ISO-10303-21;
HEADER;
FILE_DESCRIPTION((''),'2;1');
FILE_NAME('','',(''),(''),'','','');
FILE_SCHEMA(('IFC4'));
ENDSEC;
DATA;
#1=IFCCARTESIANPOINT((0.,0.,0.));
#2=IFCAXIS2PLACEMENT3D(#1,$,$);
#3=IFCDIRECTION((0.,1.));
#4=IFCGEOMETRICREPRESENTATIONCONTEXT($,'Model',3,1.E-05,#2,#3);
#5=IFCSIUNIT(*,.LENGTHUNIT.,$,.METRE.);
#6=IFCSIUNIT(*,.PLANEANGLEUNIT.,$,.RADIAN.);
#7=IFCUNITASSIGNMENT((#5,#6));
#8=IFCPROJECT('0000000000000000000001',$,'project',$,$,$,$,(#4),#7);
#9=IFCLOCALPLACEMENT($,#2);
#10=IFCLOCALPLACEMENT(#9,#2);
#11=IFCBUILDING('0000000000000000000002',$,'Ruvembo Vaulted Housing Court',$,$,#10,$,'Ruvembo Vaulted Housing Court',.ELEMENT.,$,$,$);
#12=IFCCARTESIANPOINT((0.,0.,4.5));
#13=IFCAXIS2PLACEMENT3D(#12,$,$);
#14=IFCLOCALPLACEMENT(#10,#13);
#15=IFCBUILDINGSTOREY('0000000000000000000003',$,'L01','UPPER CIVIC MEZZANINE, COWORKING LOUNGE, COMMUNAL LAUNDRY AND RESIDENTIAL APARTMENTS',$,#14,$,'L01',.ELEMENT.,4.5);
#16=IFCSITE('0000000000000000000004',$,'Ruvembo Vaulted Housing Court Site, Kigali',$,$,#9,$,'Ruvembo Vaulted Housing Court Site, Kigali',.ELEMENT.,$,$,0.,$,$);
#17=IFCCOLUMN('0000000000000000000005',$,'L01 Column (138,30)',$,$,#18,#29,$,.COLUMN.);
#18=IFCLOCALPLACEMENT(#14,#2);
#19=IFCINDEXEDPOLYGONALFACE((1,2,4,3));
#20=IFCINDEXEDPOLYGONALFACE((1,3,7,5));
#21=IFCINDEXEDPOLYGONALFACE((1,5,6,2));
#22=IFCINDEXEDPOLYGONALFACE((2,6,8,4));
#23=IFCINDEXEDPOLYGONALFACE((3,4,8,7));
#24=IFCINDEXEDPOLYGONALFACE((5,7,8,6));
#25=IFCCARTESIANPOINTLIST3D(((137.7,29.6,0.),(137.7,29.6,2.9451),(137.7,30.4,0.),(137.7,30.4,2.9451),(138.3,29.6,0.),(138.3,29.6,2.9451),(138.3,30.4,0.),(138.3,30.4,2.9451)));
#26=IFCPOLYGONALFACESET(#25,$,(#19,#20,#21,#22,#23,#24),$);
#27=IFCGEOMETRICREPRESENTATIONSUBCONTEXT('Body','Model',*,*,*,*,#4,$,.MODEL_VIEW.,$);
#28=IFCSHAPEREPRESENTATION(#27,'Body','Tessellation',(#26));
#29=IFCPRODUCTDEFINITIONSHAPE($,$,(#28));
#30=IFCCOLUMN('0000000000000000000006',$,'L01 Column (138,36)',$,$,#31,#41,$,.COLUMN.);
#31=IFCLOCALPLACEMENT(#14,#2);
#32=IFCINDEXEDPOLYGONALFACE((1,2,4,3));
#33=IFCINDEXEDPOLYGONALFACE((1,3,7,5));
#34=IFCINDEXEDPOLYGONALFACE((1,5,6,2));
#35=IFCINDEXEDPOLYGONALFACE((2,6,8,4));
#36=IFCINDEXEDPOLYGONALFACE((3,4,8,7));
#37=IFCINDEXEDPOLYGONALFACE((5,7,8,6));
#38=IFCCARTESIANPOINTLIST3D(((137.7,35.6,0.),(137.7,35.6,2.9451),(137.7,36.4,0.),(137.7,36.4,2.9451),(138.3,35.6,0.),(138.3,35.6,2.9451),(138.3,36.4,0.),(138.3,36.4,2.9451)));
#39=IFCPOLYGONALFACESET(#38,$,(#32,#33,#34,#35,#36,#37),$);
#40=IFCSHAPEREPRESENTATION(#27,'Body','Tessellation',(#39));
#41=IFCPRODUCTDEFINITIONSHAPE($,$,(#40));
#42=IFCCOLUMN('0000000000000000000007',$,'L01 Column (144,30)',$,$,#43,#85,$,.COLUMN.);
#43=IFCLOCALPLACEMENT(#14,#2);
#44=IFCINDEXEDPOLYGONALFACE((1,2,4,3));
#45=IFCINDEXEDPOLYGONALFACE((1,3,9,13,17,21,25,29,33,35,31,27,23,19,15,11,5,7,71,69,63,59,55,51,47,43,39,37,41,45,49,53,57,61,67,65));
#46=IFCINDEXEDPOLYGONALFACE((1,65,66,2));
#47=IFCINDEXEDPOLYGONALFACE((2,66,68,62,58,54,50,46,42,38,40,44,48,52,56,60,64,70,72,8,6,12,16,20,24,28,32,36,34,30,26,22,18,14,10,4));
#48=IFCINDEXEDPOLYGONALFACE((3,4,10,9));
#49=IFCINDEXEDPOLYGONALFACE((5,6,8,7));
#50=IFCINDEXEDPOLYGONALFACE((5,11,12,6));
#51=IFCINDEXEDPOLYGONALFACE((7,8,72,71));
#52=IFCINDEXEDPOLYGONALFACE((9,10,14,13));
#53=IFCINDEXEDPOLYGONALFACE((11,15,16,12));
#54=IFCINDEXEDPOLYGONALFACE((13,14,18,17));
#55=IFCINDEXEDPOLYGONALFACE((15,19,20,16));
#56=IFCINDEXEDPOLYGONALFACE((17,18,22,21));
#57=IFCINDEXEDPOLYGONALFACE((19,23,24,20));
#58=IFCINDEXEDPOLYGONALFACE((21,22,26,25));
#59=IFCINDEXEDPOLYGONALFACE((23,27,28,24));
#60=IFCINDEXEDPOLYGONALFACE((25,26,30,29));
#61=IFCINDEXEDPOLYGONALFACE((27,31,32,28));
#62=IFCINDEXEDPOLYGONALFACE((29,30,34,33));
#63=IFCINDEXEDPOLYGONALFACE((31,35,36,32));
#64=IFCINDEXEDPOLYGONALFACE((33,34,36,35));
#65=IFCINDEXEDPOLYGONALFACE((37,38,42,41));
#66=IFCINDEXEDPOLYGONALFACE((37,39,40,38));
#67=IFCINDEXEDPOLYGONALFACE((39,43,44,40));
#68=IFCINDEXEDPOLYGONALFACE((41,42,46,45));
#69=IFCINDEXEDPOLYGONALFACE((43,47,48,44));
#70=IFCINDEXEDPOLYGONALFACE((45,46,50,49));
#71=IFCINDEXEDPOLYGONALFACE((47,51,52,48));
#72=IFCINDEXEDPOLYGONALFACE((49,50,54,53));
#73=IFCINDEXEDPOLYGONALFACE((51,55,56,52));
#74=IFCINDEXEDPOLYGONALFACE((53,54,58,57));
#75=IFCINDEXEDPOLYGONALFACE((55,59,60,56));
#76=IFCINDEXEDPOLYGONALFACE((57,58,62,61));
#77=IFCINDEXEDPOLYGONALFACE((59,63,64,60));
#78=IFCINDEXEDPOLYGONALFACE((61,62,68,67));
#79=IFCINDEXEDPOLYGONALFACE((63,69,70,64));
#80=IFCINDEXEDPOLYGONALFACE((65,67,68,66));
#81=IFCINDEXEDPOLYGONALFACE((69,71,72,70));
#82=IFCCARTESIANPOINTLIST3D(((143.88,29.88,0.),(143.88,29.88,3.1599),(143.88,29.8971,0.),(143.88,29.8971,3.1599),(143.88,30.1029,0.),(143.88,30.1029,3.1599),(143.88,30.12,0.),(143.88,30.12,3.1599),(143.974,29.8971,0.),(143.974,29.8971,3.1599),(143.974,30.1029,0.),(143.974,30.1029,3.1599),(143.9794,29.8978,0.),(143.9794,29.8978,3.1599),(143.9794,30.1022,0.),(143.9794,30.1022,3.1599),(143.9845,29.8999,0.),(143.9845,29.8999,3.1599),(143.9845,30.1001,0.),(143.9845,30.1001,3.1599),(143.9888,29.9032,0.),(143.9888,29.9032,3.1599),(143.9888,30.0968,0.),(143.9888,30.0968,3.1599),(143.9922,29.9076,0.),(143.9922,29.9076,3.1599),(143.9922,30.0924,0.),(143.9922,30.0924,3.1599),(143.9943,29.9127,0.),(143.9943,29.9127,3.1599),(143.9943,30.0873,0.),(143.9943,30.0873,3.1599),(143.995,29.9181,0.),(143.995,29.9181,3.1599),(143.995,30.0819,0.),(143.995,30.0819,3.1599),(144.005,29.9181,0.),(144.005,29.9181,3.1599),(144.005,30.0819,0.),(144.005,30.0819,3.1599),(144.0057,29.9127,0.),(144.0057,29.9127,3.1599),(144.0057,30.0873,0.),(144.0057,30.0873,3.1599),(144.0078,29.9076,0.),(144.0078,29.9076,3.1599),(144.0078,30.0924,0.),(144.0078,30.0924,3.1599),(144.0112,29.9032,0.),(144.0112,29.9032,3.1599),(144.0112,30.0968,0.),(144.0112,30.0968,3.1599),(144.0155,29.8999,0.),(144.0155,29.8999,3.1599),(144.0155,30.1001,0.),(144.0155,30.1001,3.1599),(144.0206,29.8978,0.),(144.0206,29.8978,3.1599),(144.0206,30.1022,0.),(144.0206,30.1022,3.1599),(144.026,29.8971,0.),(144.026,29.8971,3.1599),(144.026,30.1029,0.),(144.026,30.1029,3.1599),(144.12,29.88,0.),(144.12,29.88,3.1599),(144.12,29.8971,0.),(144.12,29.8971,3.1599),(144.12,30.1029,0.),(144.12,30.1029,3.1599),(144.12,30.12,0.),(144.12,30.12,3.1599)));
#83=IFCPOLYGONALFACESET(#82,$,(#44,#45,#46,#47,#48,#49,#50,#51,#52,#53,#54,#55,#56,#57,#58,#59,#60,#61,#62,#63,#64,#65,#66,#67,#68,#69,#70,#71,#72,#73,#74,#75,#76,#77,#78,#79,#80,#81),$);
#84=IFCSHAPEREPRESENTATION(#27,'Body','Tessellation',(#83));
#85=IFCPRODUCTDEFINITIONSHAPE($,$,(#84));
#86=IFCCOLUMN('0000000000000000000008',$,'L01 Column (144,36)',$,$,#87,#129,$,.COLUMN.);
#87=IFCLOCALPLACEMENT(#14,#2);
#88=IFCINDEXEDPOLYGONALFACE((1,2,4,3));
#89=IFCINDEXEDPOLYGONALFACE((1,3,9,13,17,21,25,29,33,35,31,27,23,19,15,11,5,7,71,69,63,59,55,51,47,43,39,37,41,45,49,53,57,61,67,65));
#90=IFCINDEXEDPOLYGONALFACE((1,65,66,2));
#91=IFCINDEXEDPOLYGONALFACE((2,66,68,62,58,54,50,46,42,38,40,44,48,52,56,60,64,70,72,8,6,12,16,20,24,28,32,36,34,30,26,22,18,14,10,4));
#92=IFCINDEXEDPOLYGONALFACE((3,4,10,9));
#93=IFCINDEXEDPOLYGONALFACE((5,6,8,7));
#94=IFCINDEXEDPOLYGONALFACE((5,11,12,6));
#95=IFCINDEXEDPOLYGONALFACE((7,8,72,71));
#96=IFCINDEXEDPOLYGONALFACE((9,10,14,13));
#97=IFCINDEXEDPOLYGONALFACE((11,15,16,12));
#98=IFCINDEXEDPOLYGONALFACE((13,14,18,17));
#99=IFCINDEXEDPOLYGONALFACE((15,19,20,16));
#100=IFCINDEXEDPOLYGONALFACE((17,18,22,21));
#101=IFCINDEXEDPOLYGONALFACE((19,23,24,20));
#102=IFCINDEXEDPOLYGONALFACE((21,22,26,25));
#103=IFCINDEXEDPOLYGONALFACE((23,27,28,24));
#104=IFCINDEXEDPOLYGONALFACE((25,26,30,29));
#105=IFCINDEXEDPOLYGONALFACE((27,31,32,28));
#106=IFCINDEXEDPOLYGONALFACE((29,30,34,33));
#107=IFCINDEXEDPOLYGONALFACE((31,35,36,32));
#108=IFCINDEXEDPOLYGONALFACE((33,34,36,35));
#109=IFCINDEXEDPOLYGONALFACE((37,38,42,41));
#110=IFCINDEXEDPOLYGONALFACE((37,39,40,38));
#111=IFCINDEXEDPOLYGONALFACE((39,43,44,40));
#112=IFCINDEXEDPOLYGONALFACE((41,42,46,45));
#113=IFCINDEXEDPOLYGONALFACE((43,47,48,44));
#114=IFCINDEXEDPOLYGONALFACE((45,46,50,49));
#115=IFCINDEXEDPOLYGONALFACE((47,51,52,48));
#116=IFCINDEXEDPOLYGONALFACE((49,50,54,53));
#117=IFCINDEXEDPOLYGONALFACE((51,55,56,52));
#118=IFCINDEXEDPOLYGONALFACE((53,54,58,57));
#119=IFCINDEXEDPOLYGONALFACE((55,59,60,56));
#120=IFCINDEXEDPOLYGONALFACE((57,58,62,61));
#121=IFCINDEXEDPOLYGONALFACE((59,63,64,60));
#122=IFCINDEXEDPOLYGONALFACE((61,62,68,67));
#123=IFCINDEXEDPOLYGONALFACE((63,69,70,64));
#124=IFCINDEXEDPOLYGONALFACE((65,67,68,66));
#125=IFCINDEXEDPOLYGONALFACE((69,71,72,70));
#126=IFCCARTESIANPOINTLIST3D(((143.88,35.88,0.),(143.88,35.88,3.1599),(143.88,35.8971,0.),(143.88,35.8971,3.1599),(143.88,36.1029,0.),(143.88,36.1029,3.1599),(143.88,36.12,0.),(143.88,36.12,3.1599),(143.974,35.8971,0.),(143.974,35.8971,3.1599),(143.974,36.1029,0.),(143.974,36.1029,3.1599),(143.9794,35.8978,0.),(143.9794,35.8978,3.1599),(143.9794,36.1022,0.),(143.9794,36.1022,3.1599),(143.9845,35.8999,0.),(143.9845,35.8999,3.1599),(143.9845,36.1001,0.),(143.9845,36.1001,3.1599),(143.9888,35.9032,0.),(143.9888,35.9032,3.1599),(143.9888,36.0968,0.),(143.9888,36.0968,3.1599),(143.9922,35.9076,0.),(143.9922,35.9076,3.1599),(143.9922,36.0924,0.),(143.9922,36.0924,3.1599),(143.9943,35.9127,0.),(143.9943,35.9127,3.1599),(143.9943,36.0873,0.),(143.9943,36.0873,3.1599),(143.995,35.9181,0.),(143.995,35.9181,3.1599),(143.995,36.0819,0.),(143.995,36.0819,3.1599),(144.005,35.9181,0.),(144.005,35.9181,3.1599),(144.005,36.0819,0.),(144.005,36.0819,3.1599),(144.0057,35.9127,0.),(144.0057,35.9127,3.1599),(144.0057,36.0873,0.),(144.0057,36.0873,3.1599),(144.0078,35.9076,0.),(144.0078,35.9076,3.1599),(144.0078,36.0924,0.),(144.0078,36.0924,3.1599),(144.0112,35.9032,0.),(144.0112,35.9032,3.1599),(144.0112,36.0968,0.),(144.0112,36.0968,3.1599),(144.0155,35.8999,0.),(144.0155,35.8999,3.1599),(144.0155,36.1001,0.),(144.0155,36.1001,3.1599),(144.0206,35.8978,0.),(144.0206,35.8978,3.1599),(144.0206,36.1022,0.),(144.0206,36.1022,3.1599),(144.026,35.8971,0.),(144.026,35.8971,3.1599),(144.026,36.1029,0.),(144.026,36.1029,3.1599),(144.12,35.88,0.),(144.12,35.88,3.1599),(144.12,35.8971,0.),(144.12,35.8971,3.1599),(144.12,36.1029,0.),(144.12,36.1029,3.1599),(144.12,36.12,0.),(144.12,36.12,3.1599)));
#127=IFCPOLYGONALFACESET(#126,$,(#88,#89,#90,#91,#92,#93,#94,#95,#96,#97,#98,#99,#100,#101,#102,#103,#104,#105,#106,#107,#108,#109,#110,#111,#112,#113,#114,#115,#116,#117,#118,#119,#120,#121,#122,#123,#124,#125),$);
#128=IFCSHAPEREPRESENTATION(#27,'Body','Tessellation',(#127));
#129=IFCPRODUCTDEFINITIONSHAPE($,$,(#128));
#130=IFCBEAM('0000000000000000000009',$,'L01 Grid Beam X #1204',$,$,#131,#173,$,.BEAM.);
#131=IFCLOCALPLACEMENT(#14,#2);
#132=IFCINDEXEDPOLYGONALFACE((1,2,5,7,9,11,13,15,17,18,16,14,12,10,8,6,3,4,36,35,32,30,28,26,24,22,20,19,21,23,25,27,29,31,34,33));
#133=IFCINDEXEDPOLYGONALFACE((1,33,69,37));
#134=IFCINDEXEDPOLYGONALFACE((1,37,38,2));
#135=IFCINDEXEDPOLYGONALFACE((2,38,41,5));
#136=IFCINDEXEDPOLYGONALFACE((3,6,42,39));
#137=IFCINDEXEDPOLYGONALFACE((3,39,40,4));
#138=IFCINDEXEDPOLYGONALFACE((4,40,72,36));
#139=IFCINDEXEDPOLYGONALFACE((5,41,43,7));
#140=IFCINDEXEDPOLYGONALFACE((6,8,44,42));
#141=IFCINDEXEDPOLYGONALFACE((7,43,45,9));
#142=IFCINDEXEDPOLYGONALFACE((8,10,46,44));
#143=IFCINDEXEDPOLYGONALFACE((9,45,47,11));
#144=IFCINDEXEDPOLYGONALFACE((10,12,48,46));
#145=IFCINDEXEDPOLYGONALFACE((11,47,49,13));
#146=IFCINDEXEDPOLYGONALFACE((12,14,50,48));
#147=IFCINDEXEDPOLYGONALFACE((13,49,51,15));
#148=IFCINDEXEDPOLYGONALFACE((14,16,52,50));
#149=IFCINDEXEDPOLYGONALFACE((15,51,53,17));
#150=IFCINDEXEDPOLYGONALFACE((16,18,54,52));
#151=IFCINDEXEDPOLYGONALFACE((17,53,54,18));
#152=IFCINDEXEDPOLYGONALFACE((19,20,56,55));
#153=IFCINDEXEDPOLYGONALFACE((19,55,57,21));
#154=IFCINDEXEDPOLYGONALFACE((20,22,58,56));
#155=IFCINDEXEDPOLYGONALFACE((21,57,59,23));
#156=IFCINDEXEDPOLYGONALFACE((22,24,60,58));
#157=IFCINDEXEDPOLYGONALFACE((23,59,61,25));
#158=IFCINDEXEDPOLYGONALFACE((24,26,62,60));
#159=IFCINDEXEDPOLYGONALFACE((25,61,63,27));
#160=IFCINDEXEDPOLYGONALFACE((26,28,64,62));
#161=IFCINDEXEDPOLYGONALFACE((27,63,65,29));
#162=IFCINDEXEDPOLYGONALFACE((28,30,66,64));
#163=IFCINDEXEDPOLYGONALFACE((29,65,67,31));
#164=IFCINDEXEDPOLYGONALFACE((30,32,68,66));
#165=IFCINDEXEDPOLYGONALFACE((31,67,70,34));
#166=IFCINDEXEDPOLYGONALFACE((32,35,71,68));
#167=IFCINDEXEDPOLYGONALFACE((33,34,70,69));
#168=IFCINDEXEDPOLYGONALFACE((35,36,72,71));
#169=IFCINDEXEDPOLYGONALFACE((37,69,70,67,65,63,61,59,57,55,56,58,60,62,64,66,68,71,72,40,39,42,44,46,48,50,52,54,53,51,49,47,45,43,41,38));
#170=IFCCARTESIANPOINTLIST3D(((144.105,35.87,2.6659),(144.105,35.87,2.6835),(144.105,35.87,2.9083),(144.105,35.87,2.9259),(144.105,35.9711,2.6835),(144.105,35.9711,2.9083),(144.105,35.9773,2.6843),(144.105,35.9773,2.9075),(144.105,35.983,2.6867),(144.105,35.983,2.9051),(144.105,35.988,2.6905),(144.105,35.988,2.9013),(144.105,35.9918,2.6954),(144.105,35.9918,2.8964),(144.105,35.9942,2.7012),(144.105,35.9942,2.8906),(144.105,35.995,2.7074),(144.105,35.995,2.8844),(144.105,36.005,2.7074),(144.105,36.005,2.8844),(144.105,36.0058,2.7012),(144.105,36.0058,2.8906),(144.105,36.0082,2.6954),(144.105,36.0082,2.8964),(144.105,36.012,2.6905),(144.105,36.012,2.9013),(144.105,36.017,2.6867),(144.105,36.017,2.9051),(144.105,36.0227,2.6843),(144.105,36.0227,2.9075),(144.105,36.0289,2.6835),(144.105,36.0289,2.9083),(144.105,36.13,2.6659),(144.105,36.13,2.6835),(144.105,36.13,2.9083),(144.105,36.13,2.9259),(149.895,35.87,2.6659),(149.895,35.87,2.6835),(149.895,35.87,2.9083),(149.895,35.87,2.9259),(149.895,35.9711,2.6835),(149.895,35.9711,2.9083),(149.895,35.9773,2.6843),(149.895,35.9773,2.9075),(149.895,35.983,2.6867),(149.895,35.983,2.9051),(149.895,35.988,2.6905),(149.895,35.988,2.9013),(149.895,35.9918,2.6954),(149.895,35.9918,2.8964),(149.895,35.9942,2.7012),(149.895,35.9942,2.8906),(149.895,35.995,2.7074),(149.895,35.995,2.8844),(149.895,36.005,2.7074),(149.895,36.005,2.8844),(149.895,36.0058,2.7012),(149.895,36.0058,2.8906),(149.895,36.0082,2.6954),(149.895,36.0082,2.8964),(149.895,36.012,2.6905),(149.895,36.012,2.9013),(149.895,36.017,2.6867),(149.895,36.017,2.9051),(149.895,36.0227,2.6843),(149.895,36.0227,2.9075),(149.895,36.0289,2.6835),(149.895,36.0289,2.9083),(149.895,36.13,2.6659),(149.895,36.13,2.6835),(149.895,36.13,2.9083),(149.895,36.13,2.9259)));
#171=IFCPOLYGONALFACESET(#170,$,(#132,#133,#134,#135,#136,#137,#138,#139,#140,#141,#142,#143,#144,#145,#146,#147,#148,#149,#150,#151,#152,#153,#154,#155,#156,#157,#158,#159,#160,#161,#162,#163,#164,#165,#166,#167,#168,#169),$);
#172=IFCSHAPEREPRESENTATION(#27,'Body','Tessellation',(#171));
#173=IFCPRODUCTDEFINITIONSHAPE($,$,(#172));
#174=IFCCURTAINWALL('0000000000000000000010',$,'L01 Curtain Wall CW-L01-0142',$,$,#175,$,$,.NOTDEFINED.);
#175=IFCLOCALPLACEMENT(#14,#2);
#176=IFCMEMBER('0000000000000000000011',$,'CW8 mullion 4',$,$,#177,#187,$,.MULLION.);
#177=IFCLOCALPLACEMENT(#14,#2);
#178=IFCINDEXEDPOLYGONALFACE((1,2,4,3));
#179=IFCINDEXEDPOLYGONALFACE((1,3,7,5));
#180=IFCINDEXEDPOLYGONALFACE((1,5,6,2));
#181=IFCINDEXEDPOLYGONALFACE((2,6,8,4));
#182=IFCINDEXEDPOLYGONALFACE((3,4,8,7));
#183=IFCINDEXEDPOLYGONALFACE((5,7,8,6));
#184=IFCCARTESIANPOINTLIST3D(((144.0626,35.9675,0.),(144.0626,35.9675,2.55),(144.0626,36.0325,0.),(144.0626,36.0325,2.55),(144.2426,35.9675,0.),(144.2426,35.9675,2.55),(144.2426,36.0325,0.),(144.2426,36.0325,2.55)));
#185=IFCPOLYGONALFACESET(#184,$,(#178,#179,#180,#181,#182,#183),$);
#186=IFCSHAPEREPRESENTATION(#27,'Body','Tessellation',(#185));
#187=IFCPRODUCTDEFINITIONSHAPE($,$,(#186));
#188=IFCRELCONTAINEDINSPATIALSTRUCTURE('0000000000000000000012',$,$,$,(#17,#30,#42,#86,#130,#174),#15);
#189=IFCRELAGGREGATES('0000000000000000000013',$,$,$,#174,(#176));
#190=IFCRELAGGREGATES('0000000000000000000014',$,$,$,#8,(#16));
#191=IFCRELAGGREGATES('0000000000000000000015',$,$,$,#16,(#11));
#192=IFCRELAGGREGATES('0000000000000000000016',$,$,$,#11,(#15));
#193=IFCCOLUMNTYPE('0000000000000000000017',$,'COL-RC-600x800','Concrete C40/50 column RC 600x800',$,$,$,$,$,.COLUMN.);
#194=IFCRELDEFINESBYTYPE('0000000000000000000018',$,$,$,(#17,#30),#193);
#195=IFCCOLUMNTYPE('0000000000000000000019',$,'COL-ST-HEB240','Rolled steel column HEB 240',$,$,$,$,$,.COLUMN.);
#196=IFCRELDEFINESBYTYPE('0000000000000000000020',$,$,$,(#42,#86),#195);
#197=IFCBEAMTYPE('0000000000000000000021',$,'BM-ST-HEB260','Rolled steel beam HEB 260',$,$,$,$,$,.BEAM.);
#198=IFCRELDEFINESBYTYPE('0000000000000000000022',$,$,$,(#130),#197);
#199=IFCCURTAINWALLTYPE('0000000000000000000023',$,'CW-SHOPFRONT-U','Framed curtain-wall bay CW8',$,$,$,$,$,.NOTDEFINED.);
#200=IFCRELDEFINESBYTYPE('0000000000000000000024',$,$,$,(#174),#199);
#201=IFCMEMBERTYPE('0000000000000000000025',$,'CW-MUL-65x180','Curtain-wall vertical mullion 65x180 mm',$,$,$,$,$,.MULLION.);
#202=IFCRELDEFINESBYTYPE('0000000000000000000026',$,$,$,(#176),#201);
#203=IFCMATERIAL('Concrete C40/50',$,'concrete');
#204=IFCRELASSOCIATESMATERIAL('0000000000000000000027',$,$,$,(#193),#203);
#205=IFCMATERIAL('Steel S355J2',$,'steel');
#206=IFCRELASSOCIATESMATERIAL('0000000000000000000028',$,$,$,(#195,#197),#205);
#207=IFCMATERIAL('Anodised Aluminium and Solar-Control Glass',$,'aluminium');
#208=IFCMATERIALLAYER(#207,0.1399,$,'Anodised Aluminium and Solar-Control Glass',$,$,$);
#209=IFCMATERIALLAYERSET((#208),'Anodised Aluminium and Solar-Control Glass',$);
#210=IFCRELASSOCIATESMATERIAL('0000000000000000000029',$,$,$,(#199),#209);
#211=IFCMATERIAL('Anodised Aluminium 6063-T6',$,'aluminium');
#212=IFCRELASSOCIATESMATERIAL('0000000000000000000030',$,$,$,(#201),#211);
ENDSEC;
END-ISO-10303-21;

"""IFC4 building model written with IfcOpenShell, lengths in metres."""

from ifc_helpers import new_model, si_unit, direction, frame, origin, origin_2d, place, context, subcontext, project, spatial, rectangle, i_section, extrude, material, layer, layer_set, material_profile, profile_set, type_object, element, aggregate, save


model = new_model("IFC4")

# Units and contexts
model_context = context("Model", 3, precision=1e-05, world=origin(), true_north=direction((0.0, 1.0)))
body_context = subcontext(model_context, "Body", "Model", "MODEL_VIEW")
ifc_project = project(units=[si_unit("LENGTHUNIT", "METRE"), si_unit("PLANEANGLEUNIT", "RADIAN")], contexts=[model_context])

# Site, building, storey
site_placement = place(None, origin())
site = spatial("IfcSite", under=ifc_project, at=site_placement, Name="Ruvembo Vaulted Housing Court Site, Kigali", LongName="Ruvembo Vaulted Housing Court Site, Kigali", CompositionType="ELEMENT", RefElevation=0.0)
building_placement = place(site_placement, origin())
building = spatial("IfcBuilding", under=site, at=building_placement, Name="Ruvembo Vaulted Housing Court", LongName="Ruvembo Vaulted Housing Court", CompositionType="ELEMENT")
storey_placement = place(building_placement, frame((0.0, 0.0, 4.5)))
storey = spatial("IfcBuildingStorey", under=building, at=storey_placement, Name="L01", Description="UPPER CIVIC MEZZANINE, COWORKING LOUNGE, COMMUNAL LAUNDRY AND RESIDENTIAL APARTMENTS", LongName="L01", CompositionType="ELEMENT", Elevation=4.5)

# Columns
ifc_material_1 = material(Name="Concrete C40/50", Category="concrete")
ifc_material_profile_1 = material_profile(ifc_material_1, rectangle(XDim=0.6001, YDim=0.8, at=origin_2d()), Name="RC 600x800")
ifc_profile_set_1 = profile_set([ifc_material_profile_1], Name="Concrete C40/50")
column_type_1 = type_object("IfcColumnType", Name="COL-RC-600x800", Description="Concrete C40/50 column RC 600x800", PredefinedType="COLUMN", material=ifc_profile_set_1)
for number, where, z_axis, x_axis, name in (
    (1, (138.0, 30.0, 0.0), (0.0, 0.0, 1.0), (1.0, 0.0, 0.0), "L01 Column (138,30)"),
    (2, (138.0, 36.0, 0.0), (0.0, 0.0, 1.0), (1.0, 0.0, 0.0), "L01 Column (138,36)"),
):
    element("IfcColumn", number, at=place(storey_placement, frame(where, z_axis=z_axis, x_axis=x_axis)), inside=storey, type_object=column_type_1, Name=name, PredefinedType="COLUMN", context=body_context, shape_type="SweptSolid", body=[
        extrude(rectangle(XDim=0.6001, YDim=0.8, at=origin_2d()), origin(), (0.0, 0.0, 1.0), 2.9451),
    ])
ifc_material_2 = material(Name="Steel S355J2", Category="steel")
ifc_material_profile_2 = material_profile(ifc_material_2, i_section(OverallWidth=0.24, OverallDepth=0.24, WebThickness=0.01, FlangeThickness=0.0171, FilletRadius=0.021, at=origin_2d()), Name="HEB 240")
ifc_profile_set_2 = profile_set([ifc_material_profile_2], Name="Steel S355J2")
column_type_2 = type_object("IfcColumnType", Name="COL-ST-HEB240", Description="Rolled steel column HEB 240", PredefinedType="COLUMN", material=ifc_profile_set_2)
for number, where, z_axis, x_axis, name in (
    (3, (144.0, 30.0, 0.0), (0.0, 0.0, 1.0), (1.0, 0.0, 0.0), "L01 Column (144,30)"),
    (4, (144.0, 36.0, 0.0), (0.0, 0.0, 1.0), (1.0, 0.0, 0.0), "L01 Column (144,36)"),
):
    element("IfcColumn", number, at=place(storey_placement, frame(where, z_axis=z_axis, x_axis=x_axis)), inside=storey, type_object=column_type_2, Name=name, PredefinedType="COLUMN", context=body_context, shape_type="SweptSolid", body=[
        extrude(i_section(OverallWidth=0.24, OverallDepth=0.24, WebThickness=0.01, FlangeThickness=0.0171, FilletRadius=0.021, at=origin_2d()), origin(), (0.0, 0.0, 1.0), 3.1599),
    ])

# Beam
ifc_material_profile_3 = material_profile(ifc_material_2, i_section(OverallWidth=0.26, OverallDepth=0.26, WebThickness=0.01, FlangeThickness=0.0176, FilletRadius=0.0239, at=origin_2d()), Name="HEB 260")
ifc_profile_set_3 = profile_set([ifc_material_profile_3], Name="Steel S355J2")
beam_type_1 = type_object("IfcBeamType", Name="BM-ST-HEB260", Description="Rolled steel beam HEB 260", PredefinedType="BEAM", material=ifc_profile_set_3)
beam_1_placement = place(storey_placement, frame((144.105, 36.0, 2.7959), z_axis=(1.0, 0.0, 0.0), x_axis=(0.0, 1.0, 0.0)))
element("IfcBeam", 5, at=beam_1_placement, inside=storey, type_object=beam_type_1, Name="L01 Grid Beam X #1204", PredefinedType="BEAM", context=body_context, shape_type="SweptSolid", body=[
    extrude(i_section(OverallWidth=0.26, OverallDepth=0.26, WebThickness=0.01, FlangeThickness=0.0176, FilletRadius=0.0239, at=origin_2d()), origin(), (0.0, 0.0, 1.0), 5.79),
])

# Curtain wall, member
ifc_material_3 = material(Name="Anodised Aluminium and Solar-Control Glass", Category="aluminium")
ifc_layer_1 = layer(ifc_material_3, 0.1399, Name="Anodised Aluminium and Solar-Control Glass")
ifc_layer_set_1 = layer_set([ifc_layer_1], Name="Anodised Aluminium and Solar-Control Glass")
curtain_wall_type = type_object("IfcCurtainWallType", Name="CW-SHOPFRONT-U", Description="Framed curtain-wall bay CW8", PredefinedType="NOTDEFINED", material=ifc_layer_set_1)
curtain_wall_placement = place(storey_placement, origin())
curtain_wall = element("IfcCurtainWall", 6, at=curtain_wall_placement, inside=storey, type_object=curtain_wall_type, Name="L01 Curtain Wall CW-L01-0142", PredefinedType="NOTDEFINED")
ifc_material_4 = material(Name="Anodised Aluminium 6063-T6", Category="aluminium")
ifc_material_profile_4 = material_profile(ifc_material_4, rectangle(XDim=0.0649, YDim=0.1799, at=origin_2d()), Name="ALU 65x180")
ifc_profile_set_4 = profile_set([ifc_material_profile_4], Name="Anodised Aluminium 6063-T6")
member_type = type_object("IfcMemberType", Name="CW-MUL-65x180", Description="Curtain-wall vertical mullion 65x180 mm", PredefinedType="MULLION", material=ifc_profile_set_4)
member_placement = place(storey_placement, frame((144.1526, 36.0, 0.0), z_axis=(0.0, 0.0, 1.0), x_axis=(0.0, -1.0, 0.0)))
member = element("IfcMember", 7, at=member_placement, type_object=member_type, Name="CW8 mullion 4", PredefinedType="MULLION", context=body_context, shape_type="SweptSolid", body=[
    extrude(rectangle(XDim=0.0649, YDim=0.1799, at=origin_2d()), origin(), (0.0, 0.0, 1.0), 2.55),
])

aggregate(curtain_wall, [member])

save(model, "model.ifc")
